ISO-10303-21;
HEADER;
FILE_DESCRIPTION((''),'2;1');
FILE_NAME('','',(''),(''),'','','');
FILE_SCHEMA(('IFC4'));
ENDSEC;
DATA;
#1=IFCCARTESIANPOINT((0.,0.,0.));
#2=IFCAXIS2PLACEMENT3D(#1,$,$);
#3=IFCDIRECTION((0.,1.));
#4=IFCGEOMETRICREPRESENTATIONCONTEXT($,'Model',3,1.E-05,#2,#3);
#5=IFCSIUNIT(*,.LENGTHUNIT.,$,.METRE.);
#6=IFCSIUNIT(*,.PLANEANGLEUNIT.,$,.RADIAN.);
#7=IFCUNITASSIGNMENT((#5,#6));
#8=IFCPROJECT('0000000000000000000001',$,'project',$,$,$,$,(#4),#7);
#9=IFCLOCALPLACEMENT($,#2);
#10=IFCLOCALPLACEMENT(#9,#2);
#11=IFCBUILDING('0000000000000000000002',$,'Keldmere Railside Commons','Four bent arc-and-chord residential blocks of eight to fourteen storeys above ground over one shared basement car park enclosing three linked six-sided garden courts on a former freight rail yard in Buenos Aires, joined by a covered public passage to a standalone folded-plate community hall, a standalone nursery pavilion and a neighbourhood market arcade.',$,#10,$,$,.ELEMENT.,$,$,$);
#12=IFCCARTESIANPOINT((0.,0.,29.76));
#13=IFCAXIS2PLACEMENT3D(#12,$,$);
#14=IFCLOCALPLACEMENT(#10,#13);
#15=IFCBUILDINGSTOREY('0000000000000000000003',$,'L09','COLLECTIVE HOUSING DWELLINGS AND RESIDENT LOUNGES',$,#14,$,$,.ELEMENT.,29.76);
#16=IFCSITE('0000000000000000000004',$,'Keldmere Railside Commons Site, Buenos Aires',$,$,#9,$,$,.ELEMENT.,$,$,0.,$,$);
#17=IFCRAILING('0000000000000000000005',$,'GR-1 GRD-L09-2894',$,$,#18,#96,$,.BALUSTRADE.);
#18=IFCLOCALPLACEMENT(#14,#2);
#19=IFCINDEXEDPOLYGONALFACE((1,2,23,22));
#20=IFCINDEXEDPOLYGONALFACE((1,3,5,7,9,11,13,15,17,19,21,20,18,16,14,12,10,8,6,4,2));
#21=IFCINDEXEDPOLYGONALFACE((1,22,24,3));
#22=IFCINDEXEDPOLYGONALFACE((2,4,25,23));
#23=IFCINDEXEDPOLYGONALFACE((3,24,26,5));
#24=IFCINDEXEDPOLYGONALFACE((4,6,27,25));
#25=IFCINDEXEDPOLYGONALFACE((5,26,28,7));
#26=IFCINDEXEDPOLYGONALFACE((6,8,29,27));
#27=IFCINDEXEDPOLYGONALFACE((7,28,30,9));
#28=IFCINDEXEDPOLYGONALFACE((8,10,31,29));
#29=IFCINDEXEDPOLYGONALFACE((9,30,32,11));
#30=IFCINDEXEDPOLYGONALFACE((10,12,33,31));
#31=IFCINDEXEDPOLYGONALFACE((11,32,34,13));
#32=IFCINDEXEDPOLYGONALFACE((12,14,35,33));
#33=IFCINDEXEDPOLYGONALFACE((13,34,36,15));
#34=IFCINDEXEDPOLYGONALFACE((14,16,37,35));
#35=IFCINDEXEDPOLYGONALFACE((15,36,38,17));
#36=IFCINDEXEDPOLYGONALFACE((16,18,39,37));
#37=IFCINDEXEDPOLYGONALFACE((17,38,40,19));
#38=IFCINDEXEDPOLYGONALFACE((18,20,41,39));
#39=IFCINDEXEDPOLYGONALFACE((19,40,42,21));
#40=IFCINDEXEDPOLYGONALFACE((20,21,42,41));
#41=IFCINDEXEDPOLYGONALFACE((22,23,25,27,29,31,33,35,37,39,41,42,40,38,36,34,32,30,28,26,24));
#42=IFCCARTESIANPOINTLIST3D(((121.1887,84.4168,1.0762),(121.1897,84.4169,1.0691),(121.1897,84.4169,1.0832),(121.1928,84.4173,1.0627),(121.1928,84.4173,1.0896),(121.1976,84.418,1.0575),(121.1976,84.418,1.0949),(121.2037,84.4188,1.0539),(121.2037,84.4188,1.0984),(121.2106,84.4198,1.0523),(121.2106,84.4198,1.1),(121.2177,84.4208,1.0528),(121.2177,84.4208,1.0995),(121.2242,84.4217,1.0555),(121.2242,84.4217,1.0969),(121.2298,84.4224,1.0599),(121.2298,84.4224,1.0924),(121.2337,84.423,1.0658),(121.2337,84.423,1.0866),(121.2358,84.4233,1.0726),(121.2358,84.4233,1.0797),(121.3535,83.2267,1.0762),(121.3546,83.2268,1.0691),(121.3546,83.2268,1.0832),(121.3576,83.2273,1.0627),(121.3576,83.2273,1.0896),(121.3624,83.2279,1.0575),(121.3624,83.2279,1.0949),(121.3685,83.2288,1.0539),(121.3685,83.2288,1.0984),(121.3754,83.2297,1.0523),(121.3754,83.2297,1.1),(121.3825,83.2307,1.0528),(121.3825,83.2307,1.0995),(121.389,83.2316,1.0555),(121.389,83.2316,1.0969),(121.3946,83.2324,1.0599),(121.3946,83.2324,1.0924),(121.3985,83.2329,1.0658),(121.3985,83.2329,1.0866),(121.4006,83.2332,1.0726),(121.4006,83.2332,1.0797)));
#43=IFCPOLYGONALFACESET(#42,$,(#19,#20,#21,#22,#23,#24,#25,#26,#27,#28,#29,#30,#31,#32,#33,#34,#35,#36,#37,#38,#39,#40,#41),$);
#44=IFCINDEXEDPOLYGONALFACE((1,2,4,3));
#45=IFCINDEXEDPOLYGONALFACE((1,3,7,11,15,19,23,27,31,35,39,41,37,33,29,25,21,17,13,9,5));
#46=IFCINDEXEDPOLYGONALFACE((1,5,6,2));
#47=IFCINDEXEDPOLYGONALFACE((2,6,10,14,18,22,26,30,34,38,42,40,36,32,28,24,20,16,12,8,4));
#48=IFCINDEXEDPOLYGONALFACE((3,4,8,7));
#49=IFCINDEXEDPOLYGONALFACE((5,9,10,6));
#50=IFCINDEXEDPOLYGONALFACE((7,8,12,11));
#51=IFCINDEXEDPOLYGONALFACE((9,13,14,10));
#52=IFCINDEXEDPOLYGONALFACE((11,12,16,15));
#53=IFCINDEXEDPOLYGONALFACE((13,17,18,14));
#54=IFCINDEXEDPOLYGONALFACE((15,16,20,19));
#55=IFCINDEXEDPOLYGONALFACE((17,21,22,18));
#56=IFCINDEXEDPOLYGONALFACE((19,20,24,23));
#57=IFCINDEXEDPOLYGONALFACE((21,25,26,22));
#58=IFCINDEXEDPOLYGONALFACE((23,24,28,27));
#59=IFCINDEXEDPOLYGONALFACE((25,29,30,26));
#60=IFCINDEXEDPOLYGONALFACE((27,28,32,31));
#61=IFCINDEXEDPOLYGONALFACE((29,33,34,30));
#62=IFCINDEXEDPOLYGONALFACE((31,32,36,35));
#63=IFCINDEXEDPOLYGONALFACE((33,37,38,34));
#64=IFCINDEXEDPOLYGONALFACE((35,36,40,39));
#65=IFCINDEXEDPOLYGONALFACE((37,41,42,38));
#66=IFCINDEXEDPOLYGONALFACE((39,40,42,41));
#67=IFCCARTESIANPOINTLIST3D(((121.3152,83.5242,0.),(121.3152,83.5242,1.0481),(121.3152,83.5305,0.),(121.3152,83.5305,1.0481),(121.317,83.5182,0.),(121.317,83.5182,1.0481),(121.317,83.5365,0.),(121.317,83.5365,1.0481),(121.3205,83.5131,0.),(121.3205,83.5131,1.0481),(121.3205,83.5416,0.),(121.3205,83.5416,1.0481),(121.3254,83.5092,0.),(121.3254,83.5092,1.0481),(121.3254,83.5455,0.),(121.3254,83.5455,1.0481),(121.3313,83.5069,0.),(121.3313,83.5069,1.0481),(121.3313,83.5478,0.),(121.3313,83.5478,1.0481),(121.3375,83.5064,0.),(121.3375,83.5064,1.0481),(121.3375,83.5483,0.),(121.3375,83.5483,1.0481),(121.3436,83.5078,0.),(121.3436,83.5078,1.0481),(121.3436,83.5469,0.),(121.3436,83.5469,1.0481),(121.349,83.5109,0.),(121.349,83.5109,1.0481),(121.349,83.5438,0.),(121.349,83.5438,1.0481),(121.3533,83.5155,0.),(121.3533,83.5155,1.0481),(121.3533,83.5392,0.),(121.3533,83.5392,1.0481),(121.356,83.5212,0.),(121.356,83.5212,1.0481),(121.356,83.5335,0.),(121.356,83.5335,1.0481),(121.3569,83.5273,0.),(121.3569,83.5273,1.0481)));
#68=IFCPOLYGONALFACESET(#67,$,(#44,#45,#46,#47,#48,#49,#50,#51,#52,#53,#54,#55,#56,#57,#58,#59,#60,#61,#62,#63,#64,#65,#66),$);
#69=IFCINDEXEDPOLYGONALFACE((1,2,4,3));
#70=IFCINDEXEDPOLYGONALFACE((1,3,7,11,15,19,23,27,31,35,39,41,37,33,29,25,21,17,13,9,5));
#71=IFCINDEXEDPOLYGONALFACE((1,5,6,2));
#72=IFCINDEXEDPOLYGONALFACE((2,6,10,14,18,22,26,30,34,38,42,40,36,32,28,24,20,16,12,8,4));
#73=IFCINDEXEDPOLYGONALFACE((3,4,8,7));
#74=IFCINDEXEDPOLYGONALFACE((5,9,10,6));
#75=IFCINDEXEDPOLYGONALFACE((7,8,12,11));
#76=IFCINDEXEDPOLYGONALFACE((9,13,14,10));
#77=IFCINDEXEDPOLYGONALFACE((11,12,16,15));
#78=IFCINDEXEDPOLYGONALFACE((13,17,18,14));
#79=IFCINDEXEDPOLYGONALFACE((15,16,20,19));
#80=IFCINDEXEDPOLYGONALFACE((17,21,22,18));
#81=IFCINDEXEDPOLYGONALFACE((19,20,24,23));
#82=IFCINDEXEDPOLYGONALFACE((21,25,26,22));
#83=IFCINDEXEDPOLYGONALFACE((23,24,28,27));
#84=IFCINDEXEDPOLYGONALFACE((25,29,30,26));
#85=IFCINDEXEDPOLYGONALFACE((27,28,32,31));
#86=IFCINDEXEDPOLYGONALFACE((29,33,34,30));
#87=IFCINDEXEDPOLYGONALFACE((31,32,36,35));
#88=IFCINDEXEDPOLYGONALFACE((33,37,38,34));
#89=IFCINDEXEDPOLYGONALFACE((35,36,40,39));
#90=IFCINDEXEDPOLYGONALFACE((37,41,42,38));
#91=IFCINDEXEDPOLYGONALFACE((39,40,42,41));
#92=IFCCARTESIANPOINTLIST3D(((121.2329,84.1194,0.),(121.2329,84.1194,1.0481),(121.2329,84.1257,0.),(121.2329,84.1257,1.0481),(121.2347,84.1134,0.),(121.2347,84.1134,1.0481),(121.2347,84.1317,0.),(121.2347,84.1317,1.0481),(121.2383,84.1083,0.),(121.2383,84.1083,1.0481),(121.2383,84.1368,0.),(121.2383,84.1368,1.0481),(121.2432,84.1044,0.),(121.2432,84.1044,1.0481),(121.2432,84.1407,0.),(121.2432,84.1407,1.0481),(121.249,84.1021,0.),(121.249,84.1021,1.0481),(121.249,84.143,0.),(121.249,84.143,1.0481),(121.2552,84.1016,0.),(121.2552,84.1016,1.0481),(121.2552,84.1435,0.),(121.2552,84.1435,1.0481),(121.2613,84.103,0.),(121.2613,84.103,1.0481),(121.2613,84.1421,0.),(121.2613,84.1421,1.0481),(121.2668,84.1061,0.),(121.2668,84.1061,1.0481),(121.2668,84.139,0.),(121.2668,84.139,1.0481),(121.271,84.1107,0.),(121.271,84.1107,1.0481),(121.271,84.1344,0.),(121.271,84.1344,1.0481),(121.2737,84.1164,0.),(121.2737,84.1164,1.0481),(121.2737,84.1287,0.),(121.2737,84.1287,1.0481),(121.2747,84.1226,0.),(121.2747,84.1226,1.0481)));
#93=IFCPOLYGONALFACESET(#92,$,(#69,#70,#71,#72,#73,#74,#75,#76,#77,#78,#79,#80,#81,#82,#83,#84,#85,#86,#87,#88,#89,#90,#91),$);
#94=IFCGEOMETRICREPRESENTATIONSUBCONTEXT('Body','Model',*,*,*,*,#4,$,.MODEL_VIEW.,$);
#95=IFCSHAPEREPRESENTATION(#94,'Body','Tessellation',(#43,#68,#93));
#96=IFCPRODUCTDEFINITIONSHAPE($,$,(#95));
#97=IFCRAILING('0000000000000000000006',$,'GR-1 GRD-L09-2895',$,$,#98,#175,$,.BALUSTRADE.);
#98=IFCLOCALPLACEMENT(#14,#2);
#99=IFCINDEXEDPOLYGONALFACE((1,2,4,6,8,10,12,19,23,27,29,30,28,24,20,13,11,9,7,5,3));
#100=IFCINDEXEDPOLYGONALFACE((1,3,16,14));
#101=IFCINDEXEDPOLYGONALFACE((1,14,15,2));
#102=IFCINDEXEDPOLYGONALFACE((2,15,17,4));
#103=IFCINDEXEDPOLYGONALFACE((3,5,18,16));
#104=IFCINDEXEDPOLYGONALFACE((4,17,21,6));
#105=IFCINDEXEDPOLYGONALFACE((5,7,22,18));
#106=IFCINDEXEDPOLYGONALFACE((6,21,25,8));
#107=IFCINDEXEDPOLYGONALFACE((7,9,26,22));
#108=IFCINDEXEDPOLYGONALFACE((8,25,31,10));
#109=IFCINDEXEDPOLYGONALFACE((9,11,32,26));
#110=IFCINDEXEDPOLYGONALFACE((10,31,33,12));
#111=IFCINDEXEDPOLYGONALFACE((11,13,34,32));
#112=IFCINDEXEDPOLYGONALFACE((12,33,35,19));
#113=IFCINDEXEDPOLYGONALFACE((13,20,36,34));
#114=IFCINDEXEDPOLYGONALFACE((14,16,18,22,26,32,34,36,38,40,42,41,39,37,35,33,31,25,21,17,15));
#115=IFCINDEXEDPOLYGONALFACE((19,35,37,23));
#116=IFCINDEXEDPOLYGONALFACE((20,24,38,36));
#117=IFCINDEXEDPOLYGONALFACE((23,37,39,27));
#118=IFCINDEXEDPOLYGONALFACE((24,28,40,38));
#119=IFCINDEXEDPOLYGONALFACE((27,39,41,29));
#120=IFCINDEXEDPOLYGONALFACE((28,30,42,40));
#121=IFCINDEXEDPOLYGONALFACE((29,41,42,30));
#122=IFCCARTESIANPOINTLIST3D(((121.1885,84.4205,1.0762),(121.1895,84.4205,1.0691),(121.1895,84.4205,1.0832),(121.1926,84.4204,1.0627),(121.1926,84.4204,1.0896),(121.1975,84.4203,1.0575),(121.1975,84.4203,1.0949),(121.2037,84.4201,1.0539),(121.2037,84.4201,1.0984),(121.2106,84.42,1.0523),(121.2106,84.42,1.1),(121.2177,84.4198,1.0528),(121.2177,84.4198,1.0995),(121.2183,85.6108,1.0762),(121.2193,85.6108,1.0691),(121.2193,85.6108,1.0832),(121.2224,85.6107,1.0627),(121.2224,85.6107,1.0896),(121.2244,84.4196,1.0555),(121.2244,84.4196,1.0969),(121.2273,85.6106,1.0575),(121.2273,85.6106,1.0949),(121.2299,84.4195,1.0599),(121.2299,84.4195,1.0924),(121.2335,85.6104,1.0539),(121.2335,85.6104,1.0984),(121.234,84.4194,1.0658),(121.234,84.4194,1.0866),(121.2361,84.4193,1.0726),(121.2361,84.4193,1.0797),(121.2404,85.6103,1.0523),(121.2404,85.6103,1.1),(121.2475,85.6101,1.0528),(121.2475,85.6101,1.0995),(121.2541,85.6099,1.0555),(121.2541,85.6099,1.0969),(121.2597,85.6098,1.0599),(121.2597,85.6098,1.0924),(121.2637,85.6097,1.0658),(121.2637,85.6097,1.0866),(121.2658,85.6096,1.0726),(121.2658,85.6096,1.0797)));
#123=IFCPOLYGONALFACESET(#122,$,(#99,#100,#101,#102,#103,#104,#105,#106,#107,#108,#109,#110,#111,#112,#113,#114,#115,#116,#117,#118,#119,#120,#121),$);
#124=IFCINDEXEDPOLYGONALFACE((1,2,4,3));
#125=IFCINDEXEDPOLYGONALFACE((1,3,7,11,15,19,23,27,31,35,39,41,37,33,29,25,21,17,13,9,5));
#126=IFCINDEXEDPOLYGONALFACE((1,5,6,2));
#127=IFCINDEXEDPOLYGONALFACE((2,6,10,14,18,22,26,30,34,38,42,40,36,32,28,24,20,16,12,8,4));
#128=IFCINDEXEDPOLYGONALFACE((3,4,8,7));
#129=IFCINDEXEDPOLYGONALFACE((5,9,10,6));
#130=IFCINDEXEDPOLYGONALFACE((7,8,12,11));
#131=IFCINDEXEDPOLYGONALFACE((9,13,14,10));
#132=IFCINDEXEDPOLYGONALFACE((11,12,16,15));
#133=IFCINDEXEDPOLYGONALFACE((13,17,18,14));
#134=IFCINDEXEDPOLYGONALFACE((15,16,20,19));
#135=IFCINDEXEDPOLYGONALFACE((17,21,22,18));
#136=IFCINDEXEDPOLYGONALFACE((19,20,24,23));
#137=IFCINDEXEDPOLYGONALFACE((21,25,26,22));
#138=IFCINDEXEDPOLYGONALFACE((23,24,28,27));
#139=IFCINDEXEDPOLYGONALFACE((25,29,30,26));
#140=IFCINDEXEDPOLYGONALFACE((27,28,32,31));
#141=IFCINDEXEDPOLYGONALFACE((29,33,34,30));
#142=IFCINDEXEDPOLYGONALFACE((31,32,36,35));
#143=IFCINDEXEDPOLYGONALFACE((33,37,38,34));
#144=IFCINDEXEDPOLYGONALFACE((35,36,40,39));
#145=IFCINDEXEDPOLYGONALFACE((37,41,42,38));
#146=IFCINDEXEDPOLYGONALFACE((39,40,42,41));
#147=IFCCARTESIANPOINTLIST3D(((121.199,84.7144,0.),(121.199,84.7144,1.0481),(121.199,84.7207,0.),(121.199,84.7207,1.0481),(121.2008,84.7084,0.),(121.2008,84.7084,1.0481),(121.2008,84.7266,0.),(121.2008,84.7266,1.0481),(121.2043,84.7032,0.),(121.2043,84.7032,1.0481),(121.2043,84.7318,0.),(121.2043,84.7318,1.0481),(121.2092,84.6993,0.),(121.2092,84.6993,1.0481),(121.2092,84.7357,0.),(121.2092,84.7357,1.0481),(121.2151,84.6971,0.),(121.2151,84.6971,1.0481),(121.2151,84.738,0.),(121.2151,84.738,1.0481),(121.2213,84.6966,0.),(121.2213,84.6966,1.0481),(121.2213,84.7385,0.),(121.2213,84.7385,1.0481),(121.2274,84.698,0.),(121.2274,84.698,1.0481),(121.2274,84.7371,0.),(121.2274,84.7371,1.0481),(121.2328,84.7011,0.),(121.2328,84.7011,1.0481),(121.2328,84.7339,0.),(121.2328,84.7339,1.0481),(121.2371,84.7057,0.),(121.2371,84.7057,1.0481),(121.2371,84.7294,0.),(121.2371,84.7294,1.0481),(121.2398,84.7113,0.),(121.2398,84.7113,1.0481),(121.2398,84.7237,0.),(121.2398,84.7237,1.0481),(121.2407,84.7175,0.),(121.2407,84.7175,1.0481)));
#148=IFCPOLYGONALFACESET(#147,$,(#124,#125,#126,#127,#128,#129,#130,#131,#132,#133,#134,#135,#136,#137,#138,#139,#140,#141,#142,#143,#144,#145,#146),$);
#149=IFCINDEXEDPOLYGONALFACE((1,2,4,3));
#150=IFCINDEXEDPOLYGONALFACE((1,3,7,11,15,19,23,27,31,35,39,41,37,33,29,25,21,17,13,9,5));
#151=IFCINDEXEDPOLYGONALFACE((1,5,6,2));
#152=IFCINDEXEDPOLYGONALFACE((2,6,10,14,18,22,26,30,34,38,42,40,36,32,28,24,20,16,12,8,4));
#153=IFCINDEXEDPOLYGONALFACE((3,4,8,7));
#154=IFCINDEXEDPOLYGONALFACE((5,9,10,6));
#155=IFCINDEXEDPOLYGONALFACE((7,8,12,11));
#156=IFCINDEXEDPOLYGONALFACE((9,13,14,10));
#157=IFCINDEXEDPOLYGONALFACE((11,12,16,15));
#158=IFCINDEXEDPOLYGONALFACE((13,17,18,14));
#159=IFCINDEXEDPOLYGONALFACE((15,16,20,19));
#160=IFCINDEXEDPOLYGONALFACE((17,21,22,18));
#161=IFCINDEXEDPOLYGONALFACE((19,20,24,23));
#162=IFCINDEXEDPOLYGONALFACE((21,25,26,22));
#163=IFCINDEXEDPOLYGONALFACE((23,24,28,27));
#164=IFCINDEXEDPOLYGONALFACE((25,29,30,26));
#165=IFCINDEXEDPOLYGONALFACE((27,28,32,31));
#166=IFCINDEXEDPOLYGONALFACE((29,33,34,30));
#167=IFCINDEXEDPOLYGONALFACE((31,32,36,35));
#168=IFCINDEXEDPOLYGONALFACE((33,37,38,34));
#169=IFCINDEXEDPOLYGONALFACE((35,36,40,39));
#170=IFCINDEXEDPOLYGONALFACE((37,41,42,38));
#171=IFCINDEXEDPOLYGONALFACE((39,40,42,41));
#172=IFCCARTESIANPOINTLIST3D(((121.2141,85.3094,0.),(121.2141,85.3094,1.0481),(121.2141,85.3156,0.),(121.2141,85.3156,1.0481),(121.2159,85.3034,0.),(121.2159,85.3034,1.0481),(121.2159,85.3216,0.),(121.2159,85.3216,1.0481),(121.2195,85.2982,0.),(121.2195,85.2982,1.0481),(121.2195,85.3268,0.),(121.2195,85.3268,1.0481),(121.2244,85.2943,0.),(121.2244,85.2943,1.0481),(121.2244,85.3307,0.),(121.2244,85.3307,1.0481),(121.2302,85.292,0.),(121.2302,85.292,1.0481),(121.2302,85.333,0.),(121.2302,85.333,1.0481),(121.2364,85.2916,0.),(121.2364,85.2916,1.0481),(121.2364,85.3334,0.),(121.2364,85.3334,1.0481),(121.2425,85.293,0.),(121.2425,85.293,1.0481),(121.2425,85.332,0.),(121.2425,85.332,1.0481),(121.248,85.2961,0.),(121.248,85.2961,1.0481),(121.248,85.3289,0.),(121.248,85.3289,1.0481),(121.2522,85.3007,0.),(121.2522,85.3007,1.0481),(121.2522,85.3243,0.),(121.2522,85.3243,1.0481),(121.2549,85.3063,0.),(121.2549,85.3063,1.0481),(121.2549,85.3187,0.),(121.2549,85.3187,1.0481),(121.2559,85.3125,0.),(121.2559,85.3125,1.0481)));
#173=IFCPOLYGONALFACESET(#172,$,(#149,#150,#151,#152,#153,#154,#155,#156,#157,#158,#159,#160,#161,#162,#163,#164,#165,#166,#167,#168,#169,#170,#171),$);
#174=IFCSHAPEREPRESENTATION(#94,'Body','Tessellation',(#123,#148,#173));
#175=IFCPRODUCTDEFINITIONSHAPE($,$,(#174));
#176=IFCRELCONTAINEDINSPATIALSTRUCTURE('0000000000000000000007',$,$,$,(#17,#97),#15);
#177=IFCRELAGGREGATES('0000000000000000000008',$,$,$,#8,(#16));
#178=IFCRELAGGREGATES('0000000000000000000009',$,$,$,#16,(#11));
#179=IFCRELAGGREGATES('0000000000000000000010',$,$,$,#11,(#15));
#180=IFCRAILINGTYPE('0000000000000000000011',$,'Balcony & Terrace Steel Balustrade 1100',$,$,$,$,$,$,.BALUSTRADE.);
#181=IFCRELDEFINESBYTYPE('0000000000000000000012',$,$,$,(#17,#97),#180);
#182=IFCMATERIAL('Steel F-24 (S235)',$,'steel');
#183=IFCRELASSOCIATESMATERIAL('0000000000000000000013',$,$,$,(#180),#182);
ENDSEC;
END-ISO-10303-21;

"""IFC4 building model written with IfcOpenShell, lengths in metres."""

from ifc_helpers import new_model, si_unit, direction, frame, origin, origin_2d, place, context, subcontext, project, spatial, circle, extrude, material, type_object, element, save


model = new_model("IFC4")

# Units and contexts
model_context = context("Model", 3, precision=1e-05, world=origin(), true_north=direction((0.0, 1.0)))
body_context = subcontext(model_context, "Body", "Model", "MODEL_VIEW")
ifc_project = project(units=[si_unit("LENGTHUNIT", "METRE"), si_unit("PLANEANGLEUNIT", "RADIAN")], contexts=[model_context])

# Site, building, storey
site_placement = place(None, origin())
site = spatial("IfcSite", under=ifc_project, at=site_placement, Name="Keldmere Railside Commons Site, Buenos Aires", CompositionType="ELEMENT", RefElevation=0.0)
building_placement = place(site_placement, origin())
building = spatial("IfcBuilding", under=site, at=building_placement, Name="Keldmere Railside Commons", Description="Four bent arc-and-chord residential blocks of eight to fourteen storeys above ground over one shared basement car park enclosing three linked six-sided garden courts on a former freight rail yard in Buenos Aires, joined by a covered public passage to a standalone folded-plate community hall, a standalone nursery pavilion and a neighbourhood market arcade.", CompositionType="ELEMENT")
storey_placement = place(building_placement, frame((0.0, 0.0, 29.76)))
storey = spatial("IfcBuildingStorey", under=building, at=storey_placement, Name="L09", Description="COLLECTIVE HOUSING DWELLINGS AND RESIDENT LOUNGES", CompositionType="ELEMENT", Elevation=29.76)

# Railings
ifc_material_1 = material(Name="Steel F-24 (S235)", Category="steel")
railing_type = type_object("IfcRailingType", Name="Balcony & Terrace Steel Balustrade 1100", PredefinedType="BALUSTRADE", material=ifc_material_1)
railing_1_placement = place(storey_placement, frame((121.3772, 83.23, 0.0)))
element("IfcRailing", 1, at=railing_1_placement, inside=storey, type_object=railing_type, Name="GR-1 GRD-L09-2894", PredefinedType="BALUSTRADE", context=body_context, shape_type="SweptSolid", body=[
    extrude(circle(Radius=0.0239, at=origin_2d()), frame((0.0, 0.0, 1.0762), z_axis=(-0.137181, 0.990546, 0.0), x_axis=(-0.990546, -0.137181, 0.0)), (0.0, 0.0, 1.0), 1.2014),
    extrude(circle(Radius=0.021, at=origin_2d()), frame((-0.0413, 0.2974, 0.0)), (0.0, 0.0, 1.0), 1.0481),
    extrude(circle(Radius=0.021, at=origin_2d()), frame((-0.1235, 0.8926, 0.0)), (0.0, 0.0, 1.0), 1.0481),
])
railing_2_placement = place(storey_placement, frame((121.2124, 84.4199, 0.0)))
element("IfcRailing", 2, at=railing_2_placement, inside=storey, type_object=railing_type, Name="GR-1 GRD-L09-2895", PredefinedType="BALUSTRADE", context=body_context, shape_type="SweptSolid", body=[
    extrude(circle(Radius=0.0239, at=origin_2d()), frame((0.0, 0.0, 1.0762), z_axis=(0.025018, 0.999687, 0.0), x_axis=(-0.999687, 0.025018, 0.0)), (0.0, 0.0, 1.0), 1.1907),
    extrude(circle(Radius=0.021, at=origin_2d()), frame((0.0073, 0.2976, 0.0)), (0.0, 0.0, 1.0), 1.0481),
    extrude(circle(Radius=0.021, at=origin_2d()), frame((0.0225, 0.8926, 0.0)), (0.0, 0.0, 1.0), 1.0481),
])

save(model, "model.ifc")
